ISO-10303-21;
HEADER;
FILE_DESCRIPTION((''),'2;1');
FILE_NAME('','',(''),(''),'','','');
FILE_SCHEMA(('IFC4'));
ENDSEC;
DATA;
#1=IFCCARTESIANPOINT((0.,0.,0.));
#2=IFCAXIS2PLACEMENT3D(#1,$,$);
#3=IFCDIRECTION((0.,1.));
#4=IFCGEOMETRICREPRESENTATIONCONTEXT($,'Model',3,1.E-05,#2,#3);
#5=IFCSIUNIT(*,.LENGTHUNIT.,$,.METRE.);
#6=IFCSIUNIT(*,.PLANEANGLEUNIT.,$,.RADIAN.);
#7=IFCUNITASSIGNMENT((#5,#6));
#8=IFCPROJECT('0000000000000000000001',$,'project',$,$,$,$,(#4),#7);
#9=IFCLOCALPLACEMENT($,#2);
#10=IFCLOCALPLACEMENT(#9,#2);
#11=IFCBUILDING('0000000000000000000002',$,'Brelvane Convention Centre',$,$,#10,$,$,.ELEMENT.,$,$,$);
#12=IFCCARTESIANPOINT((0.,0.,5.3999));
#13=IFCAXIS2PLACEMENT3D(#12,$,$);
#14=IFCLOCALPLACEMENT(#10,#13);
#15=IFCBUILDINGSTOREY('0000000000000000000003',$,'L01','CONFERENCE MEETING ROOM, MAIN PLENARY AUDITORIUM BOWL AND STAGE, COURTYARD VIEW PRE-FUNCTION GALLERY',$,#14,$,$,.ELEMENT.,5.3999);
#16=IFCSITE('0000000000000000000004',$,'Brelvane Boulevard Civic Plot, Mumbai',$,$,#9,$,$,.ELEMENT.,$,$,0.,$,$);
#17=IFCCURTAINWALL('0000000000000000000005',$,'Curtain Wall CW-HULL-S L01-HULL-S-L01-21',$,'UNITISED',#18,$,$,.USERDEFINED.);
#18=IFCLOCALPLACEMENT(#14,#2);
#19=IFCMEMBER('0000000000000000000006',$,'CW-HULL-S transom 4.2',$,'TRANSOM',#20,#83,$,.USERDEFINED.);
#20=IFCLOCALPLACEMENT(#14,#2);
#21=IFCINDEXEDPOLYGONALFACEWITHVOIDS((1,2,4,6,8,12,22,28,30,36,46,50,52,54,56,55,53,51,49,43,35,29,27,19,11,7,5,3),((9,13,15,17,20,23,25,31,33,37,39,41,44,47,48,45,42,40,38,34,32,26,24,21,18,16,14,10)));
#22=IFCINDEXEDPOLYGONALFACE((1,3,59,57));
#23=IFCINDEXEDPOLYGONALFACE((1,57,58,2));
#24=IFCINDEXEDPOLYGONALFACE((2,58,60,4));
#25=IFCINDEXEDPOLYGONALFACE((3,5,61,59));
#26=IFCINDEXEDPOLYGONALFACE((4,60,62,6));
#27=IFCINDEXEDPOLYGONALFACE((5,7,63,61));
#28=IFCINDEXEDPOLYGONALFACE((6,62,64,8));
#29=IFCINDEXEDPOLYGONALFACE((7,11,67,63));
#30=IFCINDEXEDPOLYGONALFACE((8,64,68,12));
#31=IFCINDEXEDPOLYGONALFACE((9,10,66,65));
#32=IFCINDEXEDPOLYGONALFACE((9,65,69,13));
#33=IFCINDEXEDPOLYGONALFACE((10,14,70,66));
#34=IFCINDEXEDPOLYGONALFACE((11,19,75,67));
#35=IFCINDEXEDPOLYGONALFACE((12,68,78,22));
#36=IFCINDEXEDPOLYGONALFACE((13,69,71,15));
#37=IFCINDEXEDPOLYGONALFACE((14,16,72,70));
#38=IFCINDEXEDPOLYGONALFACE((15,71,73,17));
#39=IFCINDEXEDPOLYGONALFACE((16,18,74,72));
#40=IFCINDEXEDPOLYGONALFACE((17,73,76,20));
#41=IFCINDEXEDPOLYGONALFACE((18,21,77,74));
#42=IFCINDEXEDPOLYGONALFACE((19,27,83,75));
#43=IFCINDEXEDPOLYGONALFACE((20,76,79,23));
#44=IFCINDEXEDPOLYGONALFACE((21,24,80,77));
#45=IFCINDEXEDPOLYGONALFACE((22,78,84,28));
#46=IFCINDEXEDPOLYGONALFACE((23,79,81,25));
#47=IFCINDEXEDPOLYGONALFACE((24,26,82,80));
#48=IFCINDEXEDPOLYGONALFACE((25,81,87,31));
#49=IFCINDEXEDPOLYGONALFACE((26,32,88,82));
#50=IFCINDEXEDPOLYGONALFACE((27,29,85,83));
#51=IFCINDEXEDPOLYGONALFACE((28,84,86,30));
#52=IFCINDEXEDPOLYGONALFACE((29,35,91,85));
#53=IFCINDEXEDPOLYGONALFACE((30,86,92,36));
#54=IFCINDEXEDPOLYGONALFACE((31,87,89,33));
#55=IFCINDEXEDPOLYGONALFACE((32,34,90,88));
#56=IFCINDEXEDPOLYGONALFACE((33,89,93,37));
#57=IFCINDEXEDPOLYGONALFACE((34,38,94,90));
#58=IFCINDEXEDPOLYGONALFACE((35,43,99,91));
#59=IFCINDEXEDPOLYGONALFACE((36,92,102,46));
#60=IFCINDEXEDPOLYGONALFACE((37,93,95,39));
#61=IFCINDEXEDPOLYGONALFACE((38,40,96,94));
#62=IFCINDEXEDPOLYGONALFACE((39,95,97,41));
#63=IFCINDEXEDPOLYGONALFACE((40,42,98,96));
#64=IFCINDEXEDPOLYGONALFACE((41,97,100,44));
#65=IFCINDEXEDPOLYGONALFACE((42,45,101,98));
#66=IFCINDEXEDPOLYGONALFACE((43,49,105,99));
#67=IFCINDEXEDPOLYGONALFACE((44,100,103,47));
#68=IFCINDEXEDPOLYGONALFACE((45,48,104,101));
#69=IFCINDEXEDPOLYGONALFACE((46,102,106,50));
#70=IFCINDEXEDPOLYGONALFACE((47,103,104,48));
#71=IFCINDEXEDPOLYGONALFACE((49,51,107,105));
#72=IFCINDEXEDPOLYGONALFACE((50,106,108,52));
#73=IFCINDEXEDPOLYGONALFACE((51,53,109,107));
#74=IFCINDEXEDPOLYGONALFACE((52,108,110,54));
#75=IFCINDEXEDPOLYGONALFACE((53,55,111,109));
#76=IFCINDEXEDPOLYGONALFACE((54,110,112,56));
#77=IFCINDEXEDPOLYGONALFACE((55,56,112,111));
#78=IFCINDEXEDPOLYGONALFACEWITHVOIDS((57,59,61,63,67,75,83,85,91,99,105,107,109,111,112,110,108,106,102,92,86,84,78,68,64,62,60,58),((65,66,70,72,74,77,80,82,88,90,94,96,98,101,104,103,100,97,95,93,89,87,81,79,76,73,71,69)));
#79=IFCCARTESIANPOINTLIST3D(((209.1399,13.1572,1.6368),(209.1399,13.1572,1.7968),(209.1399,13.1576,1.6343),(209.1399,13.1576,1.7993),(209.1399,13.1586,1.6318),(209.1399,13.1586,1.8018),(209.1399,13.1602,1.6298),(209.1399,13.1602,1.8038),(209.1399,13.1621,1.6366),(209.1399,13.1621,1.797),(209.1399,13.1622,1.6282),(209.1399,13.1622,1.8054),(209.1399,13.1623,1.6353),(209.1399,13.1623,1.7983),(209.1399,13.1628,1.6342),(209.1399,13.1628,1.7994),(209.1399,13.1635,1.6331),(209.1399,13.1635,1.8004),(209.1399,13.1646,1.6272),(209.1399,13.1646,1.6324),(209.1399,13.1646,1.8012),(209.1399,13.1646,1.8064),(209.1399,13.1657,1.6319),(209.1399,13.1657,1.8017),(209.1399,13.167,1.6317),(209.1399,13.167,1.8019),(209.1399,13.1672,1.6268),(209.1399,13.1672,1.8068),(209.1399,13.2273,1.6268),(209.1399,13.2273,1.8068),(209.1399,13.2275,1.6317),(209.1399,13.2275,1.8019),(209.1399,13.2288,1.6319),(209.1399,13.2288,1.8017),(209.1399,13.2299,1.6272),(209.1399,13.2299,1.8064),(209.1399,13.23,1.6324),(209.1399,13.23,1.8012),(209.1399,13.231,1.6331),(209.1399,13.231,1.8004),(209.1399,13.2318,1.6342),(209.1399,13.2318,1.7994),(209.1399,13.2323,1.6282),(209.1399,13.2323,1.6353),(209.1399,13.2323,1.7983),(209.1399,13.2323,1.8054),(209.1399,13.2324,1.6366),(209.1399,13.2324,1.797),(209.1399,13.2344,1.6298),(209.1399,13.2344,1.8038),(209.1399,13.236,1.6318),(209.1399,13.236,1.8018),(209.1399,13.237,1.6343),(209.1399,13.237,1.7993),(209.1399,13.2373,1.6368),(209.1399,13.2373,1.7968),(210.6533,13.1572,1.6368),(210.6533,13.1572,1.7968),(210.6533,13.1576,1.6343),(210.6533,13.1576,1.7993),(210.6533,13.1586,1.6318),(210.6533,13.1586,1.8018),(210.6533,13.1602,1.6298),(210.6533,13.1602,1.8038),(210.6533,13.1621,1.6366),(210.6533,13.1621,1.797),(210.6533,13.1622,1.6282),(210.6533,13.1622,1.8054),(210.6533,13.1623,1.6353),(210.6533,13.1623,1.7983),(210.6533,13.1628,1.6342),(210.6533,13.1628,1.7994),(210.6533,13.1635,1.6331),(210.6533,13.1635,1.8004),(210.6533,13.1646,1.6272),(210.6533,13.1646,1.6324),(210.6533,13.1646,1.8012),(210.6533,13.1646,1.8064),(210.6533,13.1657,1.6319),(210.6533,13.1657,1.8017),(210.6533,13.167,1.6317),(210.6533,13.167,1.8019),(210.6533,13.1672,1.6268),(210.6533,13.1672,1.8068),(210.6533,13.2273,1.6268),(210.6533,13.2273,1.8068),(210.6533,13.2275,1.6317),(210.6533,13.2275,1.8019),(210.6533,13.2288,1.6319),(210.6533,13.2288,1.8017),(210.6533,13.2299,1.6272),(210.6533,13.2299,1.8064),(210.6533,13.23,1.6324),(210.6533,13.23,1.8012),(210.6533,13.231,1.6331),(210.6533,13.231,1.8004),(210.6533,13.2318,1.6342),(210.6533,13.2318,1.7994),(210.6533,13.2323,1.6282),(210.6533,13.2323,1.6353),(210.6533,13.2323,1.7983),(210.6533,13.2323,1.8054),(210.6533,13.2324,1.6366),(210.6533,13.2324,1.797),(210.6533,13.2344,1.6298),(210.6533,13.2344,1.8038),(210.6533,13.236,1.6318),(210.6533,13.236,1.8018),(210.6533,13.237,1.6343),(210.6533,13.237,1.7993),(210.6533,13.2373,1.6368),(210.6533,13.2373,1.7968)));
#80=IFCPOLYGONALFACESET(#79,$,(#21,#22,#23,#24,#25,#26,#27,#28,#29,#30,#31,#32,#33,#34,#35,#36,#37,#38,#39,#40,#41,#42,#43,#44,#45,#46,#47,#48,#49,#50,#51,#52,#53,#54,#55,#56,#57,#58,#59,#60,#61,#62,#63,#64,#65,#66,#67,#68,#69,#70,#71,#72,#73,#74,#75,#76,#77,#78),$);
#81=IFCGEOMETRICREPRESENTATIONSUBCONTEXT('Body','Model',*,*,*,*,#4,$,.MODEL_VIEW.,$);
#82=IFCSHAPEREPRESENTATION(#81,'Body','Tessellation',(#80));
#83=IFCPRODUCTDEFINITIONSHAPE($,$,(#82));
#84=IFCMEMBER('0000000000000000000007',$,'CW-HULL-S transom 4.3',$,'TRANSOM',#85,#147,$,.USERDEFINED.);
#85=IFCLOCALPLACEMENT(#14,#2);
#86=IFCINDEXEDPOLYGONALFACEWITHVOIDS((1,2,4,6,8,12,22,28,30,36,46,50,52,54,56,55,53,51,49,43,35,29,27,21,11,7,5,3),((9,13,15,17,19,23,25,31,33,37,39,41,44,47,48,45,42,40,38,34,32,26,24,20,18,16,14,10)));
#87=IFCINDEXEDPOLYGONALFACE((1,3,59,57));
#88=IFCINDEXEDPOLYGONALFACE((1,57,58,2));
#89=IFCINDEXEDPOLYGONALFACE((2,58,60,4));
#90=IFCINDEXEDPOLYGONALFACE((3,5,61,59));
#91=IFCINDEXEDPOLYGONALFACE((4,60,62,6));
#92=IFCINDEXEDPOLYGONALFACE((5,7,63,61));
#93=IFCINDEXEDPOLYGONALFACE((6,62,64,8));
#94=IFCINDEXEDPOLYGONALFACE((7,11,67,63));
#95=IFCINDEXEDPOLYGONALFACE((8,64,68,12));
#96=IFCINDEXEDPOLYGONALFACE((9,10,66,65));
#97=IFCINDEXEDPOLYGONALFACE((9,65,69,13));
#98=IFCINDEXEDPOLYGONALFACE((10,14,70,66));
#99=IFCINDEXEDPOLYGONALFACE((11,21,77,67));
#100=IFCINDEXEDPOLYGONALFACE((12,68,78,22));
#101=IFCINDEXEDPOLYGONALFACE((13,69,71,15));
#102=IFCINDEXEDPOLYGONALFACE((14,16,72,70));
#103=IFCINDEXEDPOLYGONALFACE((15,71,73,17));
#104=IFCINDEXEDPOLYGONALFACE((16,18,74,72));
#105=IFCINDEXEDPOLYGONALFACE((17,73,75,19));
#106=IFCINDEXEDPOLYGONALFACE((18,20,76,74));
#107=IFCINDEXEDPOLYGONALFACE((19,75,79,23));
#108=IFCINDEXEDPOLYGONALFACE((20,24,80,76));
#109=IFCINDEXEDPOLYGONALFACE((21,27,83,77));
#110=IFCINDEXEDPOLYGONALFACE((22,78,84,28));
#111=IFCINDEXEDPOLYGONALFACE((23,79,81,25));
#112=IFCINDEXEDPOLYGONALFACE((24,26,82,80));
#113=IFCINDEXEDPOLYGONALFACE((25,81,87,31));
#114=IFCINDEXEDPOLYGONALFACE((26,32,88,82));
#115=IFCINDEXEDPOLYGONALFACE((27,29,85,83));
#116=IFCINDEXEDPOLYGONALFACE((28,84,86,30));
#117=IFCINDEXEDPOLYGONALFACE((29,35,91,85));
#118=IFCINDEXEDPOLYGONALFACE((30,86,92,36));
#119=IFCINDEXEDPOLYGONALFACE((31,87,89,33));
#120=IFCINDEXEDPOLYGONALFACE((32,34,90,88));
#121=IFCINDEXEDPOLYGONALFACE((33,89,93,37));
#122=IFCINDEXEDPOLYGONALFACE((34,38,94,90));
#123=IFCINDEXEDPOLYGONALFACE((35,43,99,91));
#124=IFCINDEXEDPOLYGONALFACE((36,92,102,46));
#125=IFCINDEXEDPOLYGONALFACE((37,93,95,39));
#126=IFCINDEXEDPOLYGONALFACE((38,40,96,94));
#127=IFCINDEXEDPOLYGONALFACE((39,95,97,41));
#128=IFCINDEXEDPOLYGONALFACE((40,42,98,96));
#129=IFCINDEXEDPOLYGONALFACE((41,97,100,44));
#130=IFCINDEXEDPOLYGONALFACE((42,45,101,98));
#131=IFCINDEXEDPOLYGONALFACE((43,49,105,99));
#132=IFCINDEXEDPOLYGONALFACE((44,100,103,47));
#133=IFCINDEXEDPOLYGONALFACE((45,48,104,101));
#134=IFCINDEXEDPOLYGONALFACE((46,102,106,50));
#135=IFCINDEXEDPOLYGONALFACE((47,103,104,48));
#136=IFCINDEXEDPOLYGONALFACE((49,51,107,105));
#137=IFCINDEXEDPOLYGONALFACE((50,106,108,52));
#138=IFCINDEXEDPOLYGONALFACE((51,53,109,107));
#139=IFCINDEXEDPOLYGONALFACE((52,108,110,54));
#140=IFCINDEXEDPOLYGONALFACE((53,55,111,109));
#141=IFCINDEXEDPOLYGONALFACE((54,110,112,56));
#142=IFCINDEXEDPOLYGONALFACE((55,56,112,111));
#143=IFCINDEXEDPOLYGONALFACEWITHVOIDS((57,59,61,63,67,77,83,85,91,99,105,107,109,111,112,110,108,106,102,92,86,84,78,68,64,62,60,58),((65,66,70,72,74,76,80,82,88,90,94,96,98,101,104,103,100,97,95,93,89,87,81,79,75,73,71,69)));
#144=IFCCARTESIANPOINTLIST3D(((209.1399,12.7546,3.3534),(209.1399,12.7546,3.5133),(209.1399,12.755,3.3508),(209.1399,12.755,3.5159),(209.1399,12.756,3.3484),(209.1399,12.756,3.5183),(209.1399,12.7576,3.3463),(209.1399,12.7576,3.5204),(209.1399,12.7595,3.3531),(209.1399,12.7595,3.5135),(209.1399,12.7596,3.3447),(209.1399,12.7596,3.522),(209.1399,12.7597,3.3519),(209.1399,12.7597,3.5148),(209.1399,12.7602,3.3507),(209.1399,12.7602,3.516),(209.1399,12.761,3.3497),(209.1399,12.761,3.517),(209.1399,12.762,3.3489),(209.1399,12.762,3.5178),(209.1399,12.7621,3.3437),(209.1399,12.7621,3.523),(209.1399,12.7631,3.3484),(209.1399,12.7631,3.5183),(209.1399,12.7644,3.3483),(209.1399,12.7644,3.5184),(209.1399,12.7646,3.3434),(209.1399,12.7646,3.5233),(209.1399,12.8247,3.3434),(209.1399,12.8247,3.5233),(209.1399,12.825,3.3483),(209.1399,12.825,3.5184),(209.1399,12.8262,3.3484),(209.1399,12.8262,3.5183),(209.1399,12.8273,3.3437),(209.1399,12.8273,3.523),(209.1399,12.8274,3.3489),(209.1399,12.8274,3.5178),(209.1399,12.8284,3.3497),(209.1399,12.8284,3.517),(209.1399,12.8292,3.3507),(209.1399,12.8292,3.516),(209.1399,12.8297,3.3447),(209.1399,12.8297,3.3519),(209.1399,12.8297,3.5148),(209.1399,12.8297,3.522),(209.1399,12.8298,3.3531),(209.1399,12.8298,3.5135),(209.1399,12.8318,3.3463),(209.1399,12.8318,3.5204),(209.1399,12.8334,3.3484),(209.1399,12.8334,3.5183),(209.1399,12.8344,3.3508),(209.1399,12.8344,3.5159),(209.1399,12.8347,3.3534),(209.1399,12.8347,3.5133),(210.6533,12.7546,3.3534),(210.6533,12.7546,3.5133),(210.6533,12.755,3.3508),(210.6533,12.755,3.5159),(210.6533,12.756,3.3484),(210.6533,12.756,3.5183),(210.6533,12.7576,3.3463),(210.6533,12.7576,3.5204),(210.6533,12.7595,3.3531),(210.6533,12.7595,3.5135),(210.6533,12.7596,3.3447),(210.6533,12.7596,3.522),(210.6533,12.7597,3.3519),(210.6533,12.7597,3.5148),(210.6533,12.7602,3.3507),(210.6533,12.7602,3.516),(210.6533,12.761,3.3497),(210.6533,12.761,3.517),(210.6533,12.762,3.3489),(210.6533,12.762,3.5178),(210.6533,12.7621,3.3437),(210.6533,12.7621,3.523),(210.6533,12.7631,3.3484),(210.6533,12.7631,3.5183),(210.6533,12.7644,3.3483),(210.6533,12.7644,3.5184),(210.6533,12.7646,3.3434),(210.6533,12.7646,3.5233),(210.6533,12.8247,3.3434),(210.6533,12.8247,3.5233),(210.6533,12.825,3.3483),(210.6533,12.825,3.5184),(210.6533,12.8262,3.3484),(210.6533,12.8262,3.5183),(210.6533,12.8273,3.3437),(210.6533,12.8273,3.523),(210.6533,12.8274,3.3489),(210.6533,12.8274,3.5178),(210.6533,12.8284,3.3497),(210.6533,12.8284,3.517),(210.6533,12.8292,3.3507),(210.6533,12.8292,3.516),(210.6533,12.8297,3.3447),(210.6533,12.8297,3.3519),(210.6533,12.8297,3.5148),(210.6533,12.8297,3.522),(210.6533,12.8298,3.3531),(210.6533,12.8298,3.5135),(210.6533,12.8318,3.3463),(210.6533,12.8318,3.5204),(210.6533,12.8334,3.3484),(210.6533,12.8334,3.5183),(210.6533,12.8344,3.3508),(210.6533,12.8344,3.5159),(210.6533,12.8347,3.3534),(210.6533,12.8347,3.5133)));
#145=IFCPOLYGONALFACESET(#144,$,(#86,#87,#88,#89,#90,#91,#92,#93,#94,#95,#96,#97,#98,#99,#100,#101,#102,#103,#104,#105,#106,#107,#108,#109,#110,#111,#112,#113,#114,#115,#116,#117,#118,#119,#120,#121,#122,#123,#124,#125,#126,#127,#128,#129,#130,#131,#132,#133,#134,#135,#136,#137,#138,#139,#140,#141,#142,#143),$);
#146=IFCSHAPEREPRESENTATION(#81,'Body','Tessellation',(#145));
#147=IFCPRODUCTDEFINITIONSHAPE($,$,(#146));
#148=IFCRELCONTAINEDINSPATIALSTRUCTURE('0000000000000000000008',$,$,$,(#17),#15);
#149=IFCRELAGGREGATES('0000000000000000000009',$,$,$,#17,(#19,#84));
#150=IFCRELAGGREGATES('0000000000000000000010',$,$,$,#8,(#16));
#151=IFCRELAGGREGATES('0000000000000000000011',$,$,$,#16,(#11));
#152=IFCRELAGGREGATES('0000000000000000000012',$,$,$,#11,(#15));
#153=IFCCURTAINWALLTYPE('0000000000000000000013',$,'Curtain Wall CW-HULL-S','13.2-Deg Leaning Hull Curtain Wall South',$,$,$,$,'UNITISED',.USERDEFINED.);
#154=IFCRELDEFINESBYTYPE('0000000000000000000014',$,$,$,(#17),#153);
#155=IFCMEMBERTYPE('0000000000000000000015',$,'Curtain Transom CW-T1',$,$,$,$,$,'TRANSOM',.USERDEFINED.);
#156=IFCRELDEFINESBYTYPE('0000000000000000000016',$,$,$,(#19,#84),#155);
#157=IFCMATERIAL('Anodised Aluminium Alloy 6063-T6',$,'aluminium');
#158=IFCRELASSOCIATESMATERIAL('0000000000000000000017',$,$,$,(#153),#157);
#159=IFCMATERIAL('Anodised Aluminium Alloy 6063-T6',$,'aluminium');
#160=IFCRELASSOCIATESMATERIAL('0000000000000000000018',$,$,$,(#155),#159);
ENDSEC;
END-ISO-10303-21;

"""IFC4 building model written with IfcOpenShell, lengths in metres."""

from ifc_helpers import new_model, si_unit, direction, frame, origin, origin_2d, place, context, subcontext, project, spatial, hollow_rectangle, extrude, material, material_profile, profile_set, type_object, element, aggregate, save


model = new_model("IFC4")

# Units and contexts
model_context = context("Model", 3, precision=1e-05, world=origin(), true_north=direction((0.0, 1.0)))
body_context = subcontext(model_context, "Body", "Model", "MODEL_VIEW")
ifc_project = project(units=[si_unit("LENGTHUNIT", "METRE"), si_unit("PLANEANGLEUNIT", "RADIAN")], contexts=[model_context])

# Site, building, storey
site_placement = place(None, origin())
site = spatial("IfcSite", under=ifc_project, at=site_placement, Name="Brelvane Boulevard Civic Plot, Mumbai", CompositionType="ELEMENT", RefElevation=0.0)
building_placement = place(site_placement, origin())
building = spatial("IfcBuilding", under=site, at=building_placement, Name="Brelvane Convention Centre", CompositionType="ELEMENT")
storey_placement = place(building_placement, frame((0.0, 0.0, 5.3999)))
storey = spatial("IfcBuildingStorey", under=building, at=storey_placement, Name="L01", Description="CONFERENCE MEETING ROOM, MAIN PLENARY AUDITORIUM BOWL AND STAGE, COURTYARD VIEW PRE-FUNCTION GALLERY", CompositionType="ELEMENT", Elevation=5.3999)

# Curtain wall, members
ifc_material_1 = material(Name="Anodised Aluminium Alloy 6063-T6", Category="aluminium")
curtain_wall_type = type_object("IfcCurtainWallType", Name="Curtain Wall CW-HULL-S", Description="13.2-Deg Leaning Hull Curtain Wall South", ElementType="UNITISED", PredefinedType="USERDEFINED", material=ifc_material_1)
curtain_wall_placement = place(storey_placement, origin())
curtain_wall = element("IfcCurtainWall", 1, at=curtain_wall_placement, inside=storey, type_object=curtain_wall_type, Name="Curtain Wall CW-HULL-S L01-HULL-S-L01-21", ObjectType="UNITISED", PredefinedType="USERDEFINED")
ifc_material_2 = material(Name="Anodised Aluminium Alloy 6063-T6", Category="aluminium")
ifc_material_profile = material_profile(ifc_material_2, hollow_rectangle(XDim=0.0801, YDim=0.1799, WallThickness=0.0049, InnerFilletRadius=0.0049, OuterFilletRadius=0.01, at=origin_2d()), Name="ALU-T 180x80x5.0")
ifc_profile_set = profile_set([ifc_material_profile], Name="Anodised Aluminium Alloy 6063-T6")
member_type = type_object("IfcMemberType", Name="Curtain Transom CW-T1", ElementType="TRANSOM", PredefinedType="USERDEFINED", material=ifc_profile_set)
member_1_placement = place(storey_placement, frame((209.1399, 13.1973, 1.7168), z_axis=(1.0, 0.0, 0.0), x_axis=(0.0, 1.0, 0.0)))
member_1 = element("IfcMember", 2, at=member_1_placement, type_object=member_type, Name="CW-HULL-S transom 4.2", ObjectType="TRANSOM", PredefinedType="USERDEFINED", context=body_context, shape_type="SweptSolid", body=[
    extrude(hollow_rectangle(XDim=0.0801, YDim=0.1799, WallThickness=0.0049, InnerFilletRadius=0.0049, OuterFilletRadius=0.01, at=origin_2d()), origin(), (0.0, 0.0, 1.0), 1.5134),
])
member_2_placement = place(storey_placement, frame((209.1399, 12.7947, 3.4333), z_axis=(1.0, 0.0, 0.0), x_axis=(0.0, 1.0, 0.0)))
member_2 = element("IfcMember", 3, at=member_2_placement, type_object=member_type, Name="CW-HULL-S transom 4.3", ObjectType="TRANSOM", PredefinedType="USERDEFINED", context=body_context, shape_type="SweptSolid", body=[
    extrude(hollow_rectangle(XDim=0.0801, YDim=0.1799, WallThickness=0.0049, InnerFilletRadius=0.0049, OuterFilletRadius=0.01, at=origin_2d()), origin(), (0.0, 0.0, 1.0), 1.5134),
])
aggregate(curtain_wall, [member_1, member_2])

save(model, "model.ifc")
